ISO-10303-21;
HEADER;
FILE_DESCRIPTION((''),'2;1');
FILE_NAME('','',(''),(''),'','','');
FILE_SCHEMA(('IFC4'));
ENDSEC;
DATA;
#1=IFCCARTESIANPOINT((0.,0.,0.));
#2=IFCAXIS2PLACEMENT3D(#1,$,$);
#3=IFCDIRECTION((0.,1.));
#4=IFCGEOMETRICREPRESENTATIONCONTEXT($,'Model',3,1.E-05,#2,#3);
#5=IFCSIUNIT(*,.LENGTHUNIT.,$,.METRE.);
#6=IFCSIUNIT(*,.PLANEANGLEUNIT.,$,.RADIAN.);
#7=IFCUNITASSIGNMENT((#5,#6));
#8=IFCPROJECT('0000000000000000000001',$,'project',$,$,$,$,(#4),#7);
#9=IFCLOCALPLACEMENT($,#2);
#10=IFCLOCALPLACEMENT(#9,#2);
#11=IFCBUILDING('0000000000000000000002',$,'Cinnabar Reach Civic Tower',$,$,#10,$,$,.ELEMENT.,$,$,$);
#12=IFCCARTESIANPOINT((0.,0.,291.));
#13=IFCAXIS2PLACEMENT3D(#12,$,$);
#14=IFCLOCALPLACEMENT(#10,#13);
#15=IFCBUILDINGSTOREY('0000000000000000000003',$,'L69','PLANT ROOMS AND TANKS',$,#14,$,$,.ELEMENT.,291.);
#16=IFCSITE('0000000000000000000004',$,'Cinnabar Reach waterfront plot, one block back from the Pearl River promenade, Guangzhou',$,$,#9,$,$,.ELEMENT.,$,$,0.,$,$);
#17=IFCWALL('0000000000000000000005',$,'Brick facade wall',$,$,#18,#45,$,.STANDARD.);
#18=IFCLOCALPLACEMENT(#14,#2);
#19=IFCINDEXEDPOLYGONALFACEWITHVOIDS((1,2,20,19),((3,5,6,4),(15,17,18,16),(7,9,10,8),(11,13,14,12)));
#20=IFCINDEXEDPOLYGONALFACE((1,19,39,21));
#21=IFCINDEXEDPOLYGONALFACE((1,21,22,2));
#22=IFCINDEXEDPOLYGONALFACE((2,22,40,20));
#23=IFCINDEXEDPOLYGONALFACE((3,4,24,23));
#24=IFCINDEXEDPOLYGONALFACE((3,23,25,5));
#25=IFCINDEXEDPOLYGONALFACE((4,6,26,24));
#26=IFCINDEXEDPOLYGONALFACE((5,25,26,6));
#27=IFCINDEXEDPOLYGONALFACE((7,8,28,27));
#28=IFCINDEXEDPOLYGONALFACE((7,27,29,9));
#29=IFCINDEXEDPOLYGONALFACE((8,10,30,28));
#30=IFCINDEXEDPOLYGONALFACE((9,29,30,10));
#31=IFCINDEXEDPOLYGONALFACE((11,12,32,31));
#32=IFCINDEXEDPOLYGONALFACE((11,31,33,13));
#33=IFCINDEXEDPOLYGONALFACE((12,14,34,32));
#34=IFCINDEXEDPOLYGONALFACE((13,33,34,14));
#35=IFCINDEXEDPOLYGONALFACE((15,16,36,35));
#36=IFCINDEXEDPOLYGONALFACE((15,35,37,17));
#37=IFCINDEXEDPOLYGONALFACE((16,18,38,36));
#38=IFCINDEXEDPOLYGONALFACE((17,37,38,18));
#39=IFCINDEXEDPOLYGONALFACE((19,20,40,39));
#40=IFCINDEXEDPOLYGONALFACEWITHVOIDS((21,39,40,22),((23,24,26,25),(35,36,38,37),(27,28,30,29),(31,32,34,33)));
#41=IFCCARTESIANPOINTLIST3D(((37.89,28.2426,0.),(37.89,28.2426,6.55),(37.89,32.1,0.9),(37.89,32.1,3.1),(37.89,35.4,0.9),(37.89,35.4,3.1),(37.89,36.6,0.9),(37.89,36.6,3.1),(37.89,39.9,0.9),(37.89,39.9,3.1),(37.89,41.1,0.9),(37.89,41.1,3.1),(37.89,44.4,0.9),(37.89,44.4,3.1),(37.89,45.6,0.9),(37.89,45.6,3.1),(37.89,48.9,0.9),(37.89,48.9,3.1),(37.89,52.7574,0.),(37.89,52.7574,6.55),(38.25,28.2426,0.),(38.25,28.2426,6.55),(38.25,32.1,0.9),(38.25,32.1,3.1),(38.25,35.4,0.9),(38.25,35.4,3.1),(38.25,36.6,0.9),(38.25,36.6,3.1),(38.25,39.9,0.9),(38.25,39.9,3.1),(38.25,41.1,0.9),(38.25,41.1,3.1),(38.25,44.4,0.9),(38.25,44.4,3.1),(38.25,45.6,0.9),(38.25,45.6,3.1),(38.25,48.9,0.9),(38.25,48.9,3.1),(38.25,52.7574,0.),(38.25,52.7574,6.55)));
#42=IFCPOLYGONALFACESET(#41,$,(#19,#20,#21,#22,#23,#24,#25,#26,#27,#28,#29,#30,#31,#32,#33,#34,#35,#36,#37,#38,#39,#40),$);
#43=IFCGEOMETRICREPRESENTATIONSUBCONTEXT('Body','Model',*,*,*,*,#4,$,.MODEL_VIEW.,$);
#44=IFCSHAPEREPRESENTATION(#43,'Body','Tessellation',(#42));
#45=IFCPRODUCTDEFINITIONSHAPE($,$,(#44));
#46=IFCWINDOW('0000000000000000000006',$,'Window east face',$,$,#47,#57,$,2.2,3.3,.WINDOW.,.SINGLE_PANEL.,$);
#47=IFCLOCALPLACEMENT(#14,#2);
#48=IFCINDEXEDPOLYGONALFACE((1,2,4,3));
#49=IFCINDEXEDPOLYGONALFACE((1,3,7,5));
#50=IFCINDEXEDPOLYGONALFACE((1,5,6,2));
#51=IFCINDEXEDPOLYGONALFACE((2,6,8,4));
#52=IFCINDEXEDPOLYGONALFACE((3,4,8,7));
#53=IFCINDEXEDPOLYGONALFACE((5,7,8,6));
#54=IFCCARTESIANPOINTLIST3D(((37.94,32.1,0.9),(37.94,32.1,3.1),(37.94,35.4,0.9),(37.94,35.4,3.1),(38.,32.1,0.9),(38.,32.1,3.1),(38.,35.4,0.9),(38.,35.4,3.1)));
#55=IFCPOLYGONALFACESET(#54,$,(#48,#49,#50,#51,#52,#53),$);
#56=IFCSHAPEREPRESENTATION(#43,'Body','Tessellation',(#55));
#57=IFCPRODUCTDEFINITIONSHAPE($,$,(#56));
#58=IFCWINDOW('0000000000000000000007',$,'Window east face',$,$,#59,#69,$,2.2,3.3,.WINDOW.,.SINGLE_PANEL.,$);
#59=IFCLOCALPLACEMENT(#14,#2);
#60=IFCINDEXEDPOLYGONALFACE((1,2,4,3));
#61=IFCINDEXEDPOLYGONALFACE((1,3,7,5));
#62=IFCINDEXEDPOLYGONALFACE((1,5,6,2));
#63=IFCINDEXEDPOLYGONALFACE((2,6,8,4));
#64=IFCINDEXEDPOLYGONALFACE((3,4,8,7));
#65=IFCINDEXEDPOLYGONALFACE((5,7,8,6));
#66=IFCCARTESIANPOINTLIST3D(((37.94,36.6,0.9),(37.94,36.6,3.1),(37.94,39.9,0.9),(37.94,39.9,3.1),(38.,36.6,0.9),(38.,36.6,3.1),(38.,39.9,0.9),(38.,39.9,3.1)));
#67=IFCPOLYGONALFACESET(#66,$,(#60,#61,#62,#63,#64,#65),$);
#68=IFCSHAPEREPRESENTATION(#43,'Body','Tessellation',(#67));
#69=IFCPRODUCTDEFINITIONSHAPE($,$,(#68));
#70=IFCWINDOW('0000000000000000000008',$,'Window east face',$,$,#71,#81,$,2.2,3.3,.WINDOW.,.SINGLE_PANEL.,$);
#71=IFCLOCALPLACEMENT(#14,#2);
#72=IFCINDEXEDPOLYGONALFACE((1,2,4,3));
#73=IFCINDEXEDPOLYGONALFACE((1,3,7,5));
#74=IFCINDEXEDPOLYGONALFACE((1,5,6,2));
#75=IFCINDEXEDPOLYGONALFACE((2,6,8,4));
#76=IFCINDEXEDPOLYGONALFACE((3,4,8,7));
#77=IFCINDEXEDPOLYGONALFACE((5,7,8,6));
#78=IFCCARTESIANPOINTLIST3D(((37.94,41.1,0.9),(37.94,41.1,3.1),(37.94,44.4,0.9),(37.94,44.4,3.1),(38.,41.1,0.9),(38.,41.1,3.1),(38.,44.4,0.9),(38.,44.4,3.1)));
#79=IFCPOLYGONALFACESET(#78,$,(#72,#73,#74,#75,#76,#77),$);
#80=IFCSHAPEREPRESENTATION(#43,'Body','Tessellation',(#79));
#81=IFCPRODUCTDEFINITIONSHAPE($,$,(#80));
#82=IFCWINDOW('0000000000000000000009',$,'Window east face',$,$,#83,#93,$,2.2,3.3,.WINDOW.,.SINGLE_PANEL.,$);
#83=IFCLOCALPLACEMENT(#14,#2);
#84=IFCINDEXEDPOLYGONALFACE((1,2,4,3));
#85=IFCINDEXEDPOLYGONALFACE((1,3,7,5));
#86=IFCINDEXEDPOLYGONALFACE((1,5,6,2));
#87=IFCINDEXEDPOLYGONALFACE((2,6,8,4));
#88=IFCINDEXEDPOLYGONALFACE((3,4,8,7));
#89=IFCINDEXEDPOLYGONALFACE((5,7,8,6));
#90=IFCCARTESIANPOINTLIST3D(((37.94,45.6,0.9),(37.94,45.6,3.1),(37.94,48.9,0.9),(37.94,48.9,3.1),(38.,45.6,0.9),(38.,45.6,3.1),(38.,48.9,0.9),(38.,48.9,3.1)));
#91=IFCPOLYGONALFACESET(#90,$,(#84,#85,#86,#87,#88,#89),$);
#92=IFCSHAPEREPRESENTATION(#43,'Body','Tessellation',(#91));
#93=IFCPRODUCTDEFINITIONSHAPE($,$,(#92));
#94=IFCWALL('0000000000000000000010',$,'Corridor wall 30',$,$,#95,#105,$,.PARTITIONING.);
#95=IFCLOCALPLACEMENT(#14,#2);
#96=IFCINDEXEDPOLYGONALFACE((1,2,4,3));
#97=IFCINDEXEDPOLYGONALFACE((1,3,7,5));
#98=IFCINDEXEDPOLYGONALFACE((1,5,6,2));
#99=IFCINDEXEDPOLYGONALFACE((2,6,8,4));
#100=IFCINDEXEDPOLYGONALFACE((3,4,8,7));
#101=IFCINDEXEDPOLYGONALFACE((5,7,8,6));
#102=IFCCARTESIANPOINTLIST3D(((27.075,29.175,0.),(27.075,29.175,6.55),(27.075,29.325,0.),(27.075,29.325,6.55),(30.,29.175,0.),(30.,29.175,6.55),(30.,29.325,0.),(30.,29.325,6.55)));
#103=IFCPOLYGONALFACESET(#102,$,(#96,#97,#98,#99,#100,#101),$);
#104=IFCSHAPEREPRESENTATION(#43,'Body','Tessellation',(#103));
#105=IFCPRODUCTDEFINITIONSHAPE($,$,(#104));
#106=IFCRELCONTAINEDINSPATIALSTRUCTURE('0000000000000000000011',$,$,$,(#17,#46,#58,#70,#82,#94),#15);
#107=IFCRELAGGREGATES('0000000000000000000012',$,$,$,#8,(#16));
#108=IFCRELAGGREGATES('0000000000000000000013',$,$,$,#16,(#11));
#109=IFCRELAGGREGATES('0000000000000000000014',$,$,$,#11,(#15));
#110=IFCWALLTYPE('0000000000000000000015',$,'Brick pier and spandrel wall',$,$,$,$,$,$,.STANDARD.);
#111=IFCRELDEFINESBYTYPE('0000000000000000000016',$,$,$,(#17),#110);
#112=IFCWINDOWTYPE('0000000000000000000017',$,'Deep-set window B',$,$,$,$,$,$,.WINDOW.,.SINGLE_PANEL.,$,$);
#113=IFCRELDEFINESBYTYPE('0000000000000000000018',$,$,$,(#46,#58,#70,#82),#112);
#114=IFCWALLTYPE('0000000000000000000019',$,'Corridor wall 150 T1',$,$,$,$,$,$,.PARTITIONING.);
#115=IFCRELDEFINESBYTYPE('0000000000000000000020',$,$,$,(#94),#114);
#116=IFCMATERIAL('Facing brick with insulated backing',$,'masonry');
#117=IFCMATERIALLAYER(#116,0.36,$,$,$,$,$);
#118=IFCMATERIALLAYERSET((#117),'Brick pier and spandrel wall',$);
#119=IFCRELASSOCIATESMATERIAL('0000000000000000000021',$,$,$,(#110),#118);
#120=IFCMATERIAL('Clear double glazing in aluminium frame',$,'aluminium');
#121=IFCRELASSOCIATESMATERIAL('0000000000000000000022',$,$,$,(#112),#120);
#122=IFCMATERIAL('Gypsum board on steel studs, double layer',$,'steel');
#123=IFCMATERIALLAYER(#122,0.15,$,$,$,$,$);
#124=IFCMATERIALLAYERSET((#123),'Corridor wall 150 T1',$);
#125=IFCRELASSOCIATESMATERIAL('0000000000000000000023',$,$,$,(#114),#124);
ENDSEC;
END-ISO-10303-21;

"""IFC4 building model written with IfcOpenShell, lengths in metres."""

from ifc_helpers import new_model, si_unit, direction, frame, frame_2d, origin, place, context, subcontext, project, spatial, rectangle, extrude, material, layer, layer_set, type_object, element, fill, save


model = new_model("IFC4")

# Units and contexts
model_context = context("Model", 3, precision=1e-05, world=origin(), true_north=direction((0.0, 1.0)))
body_context = subcontext(model_context, "Body", "Model", "MODEL_VIEW")
ifc_project = project(units=[si_unit("LENGTHUNIT", "METRE"), si_unit("PLANEANGLEUNIT", "RADIAN")], contexts=[model_context])

# Site, building, storey
site_placement = place(None, origin())
site = spatial("IfcSite", under=ifc_project, at=site_placement, Name="Cinnabar Reach waterfront plot, one block back from the Pearl River promenade, Guangzhou", CompositionType="ELEMENT", RefElevation=0.0)
building_placement = place(site_placement, origin())
building = spatial("IfcBuilding", under=site, at=building_placement, Name="Cinnabar Reach Civic Tower", CompositionType="ELEMENT")
storey_placement = place(building_placement, frame((0.0, 0.0, 291.0)))
storey = spatial("IfcBuildingStorey", under=building, at=storey_placement, Name="L69", Description="PLANT ROOMS AND TANKS", CompositionType="ELEMENT", Elevation=291.0)

# Shared definitions
ifc_material_1 = material(Name="Facing brick with insulated backing", Category="masonry")

# Shared definitions
ifc_layer_1 = layer(ifc_material_1, 0.36)
ifc_layer_set_1 = layer_set([ifc_layer_1], Name="Brick pier and spandrel wall")
wall_type_1 = type_object("IfcWallType", Name="Brick pier and spandrel wall", PredefinedType="STANDARD", material=ifc_layer_set_1)
ifc_material_2 = material(Name="Clear double glazing in aluminium frame", Category="aluminium")
window_type = type_object("IfcWindowType", Name="Deep-set window B", PartitioningType="SINGLE_PANEL", PredefinedType="WINDOW", material=ifc_material_2)

# Wall, openings, windows
wall_1_placement = place(storey_placement, frame((38.07, 28.2426, 0.0), z_axis=(0.0, 0.0, 1.0), x_axis=(0.0, 1.0, 0.0)))
wall_1 = element("IfcWall", 1, at=wall_1_placement, inside=storey, type_object=wall_type_1, Name="Brick facade wall", PredefinedType="STANDARD", context=body_context, shape_type="SweptSolid", body=[
    extrude(rectangle(XDim=24.5148, YDim=0.36, at=frame_2d((12.2574, 0.0))), origin(), (0.0, 0.0, 1.0), 6.55),
])
opening_1_placement = place(wall_1_placement, frame((3.8574, 0.0, 0.9)))
opening_1 = element("IfcOpeningElement", 2, at=opening_1_placement, cuts=wall_1, PredefinedType="OPENING", context=body_context, shape_type="SweptSolid", body=[
    extrude(rectangle(XDim=3.3, YDim=2.2, at=frame_2d((1.65, 1.1))), frame((0.0, 0.19, 0.0), z_axis=(0.0, -1.0, 0.0), x_axis=(1.0, 0.0, 0.0)), (0.0, 0.0, 1.0), 0.38),
])
opening_2_placement = place(wall_1_placement, frame((8.3574, 0.0, 0.9)))
opening_2 = element("IfcOpeningElement", 3, at=opening_2_placement, cuts=wall_1, PredefinedType="OPENING", context=body_context, shape_type="SweptSolid", body=[
    extrude(rectangle(XDim=3.3, YDim=2.2, at=frame_2d((1.65, 1.1))), frame((0.0, 0.19, 0.0), z_axis=(0.0, -1.0, 0.0), x_axis=(1.0, 0.0, 0.0)), (0.0, 0.0, 1.0), 0.38),
])
opening_3_placement = place(wall_1_placement, frame((12.8574, 0.0, 0.9)))
opening_3 = element("IfcOpeningElement", 4, at=opening_3_placement, cuts=wall_1, PredefinedType="OPENING", context=body_context, shape_type="SweptSolid", body=[
    extrude(rectangle(XDim=3.3, YDim=2.2, at=frame_2d((1.65, 1.1))), frame((0.0, 0.19, 0.0), z_axis=(0.0, -1.0, 0.0), x_axis=(1.0, 0.0, 0.0)), (0.0, 0.0, 1.0), 0.38),
])
opening_4_placement = place(wall_1_placement, frame((17.3574, 0.0, 0.9)))
opening_4 = element("IfcOpeningElement", 5, at=opening_4_placement, cuts=wall_1, PredefinedType="OPENING", context=body_context, shape_type="SweptSolid", body=[
    extrude(rectangle(XDim=3.3, YDim=2.2, at=frame_2d((1.65, 1.1))), frame((0.0, 0.19, 0.0), z_axis=(0.0, -1.0, 0.0), x_axis=(1.0, 0.0, 0.0)), (0.0, 0.0, 1.0), 0.38),
])
window_1_placement = place(opening_1_placement, origin())
window_1 = element("IfcWindow", 6, at=window_1_placement, inside=storey, type_object=window_type, Name="Window east face", OverallHeight=2.2, OverallWidth=3.3, PartitioningType="SINGLE_PANEL", PredefinedType="WINDOW", context=body_context, shape_type="SweptSolid", body=[
    extrude(rectangle(XDim=3.3, YDim=2.2, at=frame_2d((1.65, 1.1))), frame((0.0, 0.13, 0.0), z_axis=(0.0, -1.0, 0.0), x_axis=(1.0, 0.0, 0.0)), (0.0, 0.0, 1.0), 0.06),
])
fill(opening_1, window_1)
window_2_placement = place(opening_2_placement, origin())
window_2 = element("IfcWindow", 7, at=window_2_placement, inside=storey, type_object=window_type, Name="Window east face", OverallHeight=2.2, OverallWidth=3.3, PartitioningType="SINGLE_PANEL", PredefinedType="WINDOW", context=body_context, shape_type="SweptSolid", body=[
    extrude(rectangle(XDim=3.3, YDim=2.2, at=frame_2d((1.65, 1.1))), frame((0.0, 0.13, 0.0), z_axis=(0.0, -1.0, 0.0), x_axis=(1.0, 0.0, 0.0)), (0.0, 0.0, 1.0), 0.06),
])
fill(opening_2, window_2)
window_3_placement = place(opening_3_placement, origin())
window_3 = element("IfcWindow", 8, at=window_3_placement, inside=storey, type_object=window_type, Name="Window east face", OverallHeight=2.2, OverallWidth=3.3, PartitioningType="SINGLE_PANEL", PredefinedType="WINDOW", context=body_context, shape_type="SweptSolid", body=[
    extrude(rectangle(XDim=3.3, YDim=2.2, at=frame_2d((1.65, 1.1))), frame((0.0, 0.13, 0.0), z_axis=(0.0, -1.0, 0.0), x_axis=(1.0, 0.0, 0.0)), (0.0, 0.0, 1.0), 0.06),
])
fill(opening_3, window_3)
window_4_placement = place(opening_4_placement, origin())
window_4 = element("IfcWindow", 9, at=window_4_placement, inside=storey, type_object=window_type, Name="Window east face", OverallHeight=2.2, OverallWidth=3.3, PartitioningType="SINGLE_PANEL", PredefinedType="WINDOW", context=body_context, shape_type="SweptSolid", body=[
    extrude(rectangle(XDim=3.3, YDim=2.2, at=frame_2d((1.65, 1.1))), frame((0.0, 0.13, 0.0), z_axis=(0.0, -1.0, 0.0), x_axis=(1.0, 0.0, 0.0)), (0.0, 0.0, 1.0), 0.06),
])
fill(opening_4, window_4)

# Wall
ifc_material_3 = material(Name="Gypsum board on steel studs, double layer", Category="steel")
ifc_layer_2 = layer(ifc_material_3, 0.15)
ifc_layer_set_2 = layer_set([ifc_layer_2], Name="Corridor wall 150 T1")
wall_type_2 = type_object("IfcWallType", Name="Corridor wall 150 T1", PredefinedType="PARTITIONING", material=ifc_layer_set_2)
wall_2_placement = place(storey_placement, frame((27.075, 29.25, 0.0), z_axis=(0.0, 0.0, 1.0), x_axis=(1.0, 0.0, 0.0)))
element("IfcWall", 10, at=wall_2_placement, inside=storey, type_object=wall_type_2, Name="Corridor wall 30", PredefinedType="PARTITIONING", context=body_context, shape_type="SweptSolid", body=[
    extrude(rectangle(XDim=2.925, YDim=0.15, at=frame_2d((1.4625, 0.0))), origin(), (0.0, 0.0, 1.0), 6.55),
])

save(model, "model.ifc")
